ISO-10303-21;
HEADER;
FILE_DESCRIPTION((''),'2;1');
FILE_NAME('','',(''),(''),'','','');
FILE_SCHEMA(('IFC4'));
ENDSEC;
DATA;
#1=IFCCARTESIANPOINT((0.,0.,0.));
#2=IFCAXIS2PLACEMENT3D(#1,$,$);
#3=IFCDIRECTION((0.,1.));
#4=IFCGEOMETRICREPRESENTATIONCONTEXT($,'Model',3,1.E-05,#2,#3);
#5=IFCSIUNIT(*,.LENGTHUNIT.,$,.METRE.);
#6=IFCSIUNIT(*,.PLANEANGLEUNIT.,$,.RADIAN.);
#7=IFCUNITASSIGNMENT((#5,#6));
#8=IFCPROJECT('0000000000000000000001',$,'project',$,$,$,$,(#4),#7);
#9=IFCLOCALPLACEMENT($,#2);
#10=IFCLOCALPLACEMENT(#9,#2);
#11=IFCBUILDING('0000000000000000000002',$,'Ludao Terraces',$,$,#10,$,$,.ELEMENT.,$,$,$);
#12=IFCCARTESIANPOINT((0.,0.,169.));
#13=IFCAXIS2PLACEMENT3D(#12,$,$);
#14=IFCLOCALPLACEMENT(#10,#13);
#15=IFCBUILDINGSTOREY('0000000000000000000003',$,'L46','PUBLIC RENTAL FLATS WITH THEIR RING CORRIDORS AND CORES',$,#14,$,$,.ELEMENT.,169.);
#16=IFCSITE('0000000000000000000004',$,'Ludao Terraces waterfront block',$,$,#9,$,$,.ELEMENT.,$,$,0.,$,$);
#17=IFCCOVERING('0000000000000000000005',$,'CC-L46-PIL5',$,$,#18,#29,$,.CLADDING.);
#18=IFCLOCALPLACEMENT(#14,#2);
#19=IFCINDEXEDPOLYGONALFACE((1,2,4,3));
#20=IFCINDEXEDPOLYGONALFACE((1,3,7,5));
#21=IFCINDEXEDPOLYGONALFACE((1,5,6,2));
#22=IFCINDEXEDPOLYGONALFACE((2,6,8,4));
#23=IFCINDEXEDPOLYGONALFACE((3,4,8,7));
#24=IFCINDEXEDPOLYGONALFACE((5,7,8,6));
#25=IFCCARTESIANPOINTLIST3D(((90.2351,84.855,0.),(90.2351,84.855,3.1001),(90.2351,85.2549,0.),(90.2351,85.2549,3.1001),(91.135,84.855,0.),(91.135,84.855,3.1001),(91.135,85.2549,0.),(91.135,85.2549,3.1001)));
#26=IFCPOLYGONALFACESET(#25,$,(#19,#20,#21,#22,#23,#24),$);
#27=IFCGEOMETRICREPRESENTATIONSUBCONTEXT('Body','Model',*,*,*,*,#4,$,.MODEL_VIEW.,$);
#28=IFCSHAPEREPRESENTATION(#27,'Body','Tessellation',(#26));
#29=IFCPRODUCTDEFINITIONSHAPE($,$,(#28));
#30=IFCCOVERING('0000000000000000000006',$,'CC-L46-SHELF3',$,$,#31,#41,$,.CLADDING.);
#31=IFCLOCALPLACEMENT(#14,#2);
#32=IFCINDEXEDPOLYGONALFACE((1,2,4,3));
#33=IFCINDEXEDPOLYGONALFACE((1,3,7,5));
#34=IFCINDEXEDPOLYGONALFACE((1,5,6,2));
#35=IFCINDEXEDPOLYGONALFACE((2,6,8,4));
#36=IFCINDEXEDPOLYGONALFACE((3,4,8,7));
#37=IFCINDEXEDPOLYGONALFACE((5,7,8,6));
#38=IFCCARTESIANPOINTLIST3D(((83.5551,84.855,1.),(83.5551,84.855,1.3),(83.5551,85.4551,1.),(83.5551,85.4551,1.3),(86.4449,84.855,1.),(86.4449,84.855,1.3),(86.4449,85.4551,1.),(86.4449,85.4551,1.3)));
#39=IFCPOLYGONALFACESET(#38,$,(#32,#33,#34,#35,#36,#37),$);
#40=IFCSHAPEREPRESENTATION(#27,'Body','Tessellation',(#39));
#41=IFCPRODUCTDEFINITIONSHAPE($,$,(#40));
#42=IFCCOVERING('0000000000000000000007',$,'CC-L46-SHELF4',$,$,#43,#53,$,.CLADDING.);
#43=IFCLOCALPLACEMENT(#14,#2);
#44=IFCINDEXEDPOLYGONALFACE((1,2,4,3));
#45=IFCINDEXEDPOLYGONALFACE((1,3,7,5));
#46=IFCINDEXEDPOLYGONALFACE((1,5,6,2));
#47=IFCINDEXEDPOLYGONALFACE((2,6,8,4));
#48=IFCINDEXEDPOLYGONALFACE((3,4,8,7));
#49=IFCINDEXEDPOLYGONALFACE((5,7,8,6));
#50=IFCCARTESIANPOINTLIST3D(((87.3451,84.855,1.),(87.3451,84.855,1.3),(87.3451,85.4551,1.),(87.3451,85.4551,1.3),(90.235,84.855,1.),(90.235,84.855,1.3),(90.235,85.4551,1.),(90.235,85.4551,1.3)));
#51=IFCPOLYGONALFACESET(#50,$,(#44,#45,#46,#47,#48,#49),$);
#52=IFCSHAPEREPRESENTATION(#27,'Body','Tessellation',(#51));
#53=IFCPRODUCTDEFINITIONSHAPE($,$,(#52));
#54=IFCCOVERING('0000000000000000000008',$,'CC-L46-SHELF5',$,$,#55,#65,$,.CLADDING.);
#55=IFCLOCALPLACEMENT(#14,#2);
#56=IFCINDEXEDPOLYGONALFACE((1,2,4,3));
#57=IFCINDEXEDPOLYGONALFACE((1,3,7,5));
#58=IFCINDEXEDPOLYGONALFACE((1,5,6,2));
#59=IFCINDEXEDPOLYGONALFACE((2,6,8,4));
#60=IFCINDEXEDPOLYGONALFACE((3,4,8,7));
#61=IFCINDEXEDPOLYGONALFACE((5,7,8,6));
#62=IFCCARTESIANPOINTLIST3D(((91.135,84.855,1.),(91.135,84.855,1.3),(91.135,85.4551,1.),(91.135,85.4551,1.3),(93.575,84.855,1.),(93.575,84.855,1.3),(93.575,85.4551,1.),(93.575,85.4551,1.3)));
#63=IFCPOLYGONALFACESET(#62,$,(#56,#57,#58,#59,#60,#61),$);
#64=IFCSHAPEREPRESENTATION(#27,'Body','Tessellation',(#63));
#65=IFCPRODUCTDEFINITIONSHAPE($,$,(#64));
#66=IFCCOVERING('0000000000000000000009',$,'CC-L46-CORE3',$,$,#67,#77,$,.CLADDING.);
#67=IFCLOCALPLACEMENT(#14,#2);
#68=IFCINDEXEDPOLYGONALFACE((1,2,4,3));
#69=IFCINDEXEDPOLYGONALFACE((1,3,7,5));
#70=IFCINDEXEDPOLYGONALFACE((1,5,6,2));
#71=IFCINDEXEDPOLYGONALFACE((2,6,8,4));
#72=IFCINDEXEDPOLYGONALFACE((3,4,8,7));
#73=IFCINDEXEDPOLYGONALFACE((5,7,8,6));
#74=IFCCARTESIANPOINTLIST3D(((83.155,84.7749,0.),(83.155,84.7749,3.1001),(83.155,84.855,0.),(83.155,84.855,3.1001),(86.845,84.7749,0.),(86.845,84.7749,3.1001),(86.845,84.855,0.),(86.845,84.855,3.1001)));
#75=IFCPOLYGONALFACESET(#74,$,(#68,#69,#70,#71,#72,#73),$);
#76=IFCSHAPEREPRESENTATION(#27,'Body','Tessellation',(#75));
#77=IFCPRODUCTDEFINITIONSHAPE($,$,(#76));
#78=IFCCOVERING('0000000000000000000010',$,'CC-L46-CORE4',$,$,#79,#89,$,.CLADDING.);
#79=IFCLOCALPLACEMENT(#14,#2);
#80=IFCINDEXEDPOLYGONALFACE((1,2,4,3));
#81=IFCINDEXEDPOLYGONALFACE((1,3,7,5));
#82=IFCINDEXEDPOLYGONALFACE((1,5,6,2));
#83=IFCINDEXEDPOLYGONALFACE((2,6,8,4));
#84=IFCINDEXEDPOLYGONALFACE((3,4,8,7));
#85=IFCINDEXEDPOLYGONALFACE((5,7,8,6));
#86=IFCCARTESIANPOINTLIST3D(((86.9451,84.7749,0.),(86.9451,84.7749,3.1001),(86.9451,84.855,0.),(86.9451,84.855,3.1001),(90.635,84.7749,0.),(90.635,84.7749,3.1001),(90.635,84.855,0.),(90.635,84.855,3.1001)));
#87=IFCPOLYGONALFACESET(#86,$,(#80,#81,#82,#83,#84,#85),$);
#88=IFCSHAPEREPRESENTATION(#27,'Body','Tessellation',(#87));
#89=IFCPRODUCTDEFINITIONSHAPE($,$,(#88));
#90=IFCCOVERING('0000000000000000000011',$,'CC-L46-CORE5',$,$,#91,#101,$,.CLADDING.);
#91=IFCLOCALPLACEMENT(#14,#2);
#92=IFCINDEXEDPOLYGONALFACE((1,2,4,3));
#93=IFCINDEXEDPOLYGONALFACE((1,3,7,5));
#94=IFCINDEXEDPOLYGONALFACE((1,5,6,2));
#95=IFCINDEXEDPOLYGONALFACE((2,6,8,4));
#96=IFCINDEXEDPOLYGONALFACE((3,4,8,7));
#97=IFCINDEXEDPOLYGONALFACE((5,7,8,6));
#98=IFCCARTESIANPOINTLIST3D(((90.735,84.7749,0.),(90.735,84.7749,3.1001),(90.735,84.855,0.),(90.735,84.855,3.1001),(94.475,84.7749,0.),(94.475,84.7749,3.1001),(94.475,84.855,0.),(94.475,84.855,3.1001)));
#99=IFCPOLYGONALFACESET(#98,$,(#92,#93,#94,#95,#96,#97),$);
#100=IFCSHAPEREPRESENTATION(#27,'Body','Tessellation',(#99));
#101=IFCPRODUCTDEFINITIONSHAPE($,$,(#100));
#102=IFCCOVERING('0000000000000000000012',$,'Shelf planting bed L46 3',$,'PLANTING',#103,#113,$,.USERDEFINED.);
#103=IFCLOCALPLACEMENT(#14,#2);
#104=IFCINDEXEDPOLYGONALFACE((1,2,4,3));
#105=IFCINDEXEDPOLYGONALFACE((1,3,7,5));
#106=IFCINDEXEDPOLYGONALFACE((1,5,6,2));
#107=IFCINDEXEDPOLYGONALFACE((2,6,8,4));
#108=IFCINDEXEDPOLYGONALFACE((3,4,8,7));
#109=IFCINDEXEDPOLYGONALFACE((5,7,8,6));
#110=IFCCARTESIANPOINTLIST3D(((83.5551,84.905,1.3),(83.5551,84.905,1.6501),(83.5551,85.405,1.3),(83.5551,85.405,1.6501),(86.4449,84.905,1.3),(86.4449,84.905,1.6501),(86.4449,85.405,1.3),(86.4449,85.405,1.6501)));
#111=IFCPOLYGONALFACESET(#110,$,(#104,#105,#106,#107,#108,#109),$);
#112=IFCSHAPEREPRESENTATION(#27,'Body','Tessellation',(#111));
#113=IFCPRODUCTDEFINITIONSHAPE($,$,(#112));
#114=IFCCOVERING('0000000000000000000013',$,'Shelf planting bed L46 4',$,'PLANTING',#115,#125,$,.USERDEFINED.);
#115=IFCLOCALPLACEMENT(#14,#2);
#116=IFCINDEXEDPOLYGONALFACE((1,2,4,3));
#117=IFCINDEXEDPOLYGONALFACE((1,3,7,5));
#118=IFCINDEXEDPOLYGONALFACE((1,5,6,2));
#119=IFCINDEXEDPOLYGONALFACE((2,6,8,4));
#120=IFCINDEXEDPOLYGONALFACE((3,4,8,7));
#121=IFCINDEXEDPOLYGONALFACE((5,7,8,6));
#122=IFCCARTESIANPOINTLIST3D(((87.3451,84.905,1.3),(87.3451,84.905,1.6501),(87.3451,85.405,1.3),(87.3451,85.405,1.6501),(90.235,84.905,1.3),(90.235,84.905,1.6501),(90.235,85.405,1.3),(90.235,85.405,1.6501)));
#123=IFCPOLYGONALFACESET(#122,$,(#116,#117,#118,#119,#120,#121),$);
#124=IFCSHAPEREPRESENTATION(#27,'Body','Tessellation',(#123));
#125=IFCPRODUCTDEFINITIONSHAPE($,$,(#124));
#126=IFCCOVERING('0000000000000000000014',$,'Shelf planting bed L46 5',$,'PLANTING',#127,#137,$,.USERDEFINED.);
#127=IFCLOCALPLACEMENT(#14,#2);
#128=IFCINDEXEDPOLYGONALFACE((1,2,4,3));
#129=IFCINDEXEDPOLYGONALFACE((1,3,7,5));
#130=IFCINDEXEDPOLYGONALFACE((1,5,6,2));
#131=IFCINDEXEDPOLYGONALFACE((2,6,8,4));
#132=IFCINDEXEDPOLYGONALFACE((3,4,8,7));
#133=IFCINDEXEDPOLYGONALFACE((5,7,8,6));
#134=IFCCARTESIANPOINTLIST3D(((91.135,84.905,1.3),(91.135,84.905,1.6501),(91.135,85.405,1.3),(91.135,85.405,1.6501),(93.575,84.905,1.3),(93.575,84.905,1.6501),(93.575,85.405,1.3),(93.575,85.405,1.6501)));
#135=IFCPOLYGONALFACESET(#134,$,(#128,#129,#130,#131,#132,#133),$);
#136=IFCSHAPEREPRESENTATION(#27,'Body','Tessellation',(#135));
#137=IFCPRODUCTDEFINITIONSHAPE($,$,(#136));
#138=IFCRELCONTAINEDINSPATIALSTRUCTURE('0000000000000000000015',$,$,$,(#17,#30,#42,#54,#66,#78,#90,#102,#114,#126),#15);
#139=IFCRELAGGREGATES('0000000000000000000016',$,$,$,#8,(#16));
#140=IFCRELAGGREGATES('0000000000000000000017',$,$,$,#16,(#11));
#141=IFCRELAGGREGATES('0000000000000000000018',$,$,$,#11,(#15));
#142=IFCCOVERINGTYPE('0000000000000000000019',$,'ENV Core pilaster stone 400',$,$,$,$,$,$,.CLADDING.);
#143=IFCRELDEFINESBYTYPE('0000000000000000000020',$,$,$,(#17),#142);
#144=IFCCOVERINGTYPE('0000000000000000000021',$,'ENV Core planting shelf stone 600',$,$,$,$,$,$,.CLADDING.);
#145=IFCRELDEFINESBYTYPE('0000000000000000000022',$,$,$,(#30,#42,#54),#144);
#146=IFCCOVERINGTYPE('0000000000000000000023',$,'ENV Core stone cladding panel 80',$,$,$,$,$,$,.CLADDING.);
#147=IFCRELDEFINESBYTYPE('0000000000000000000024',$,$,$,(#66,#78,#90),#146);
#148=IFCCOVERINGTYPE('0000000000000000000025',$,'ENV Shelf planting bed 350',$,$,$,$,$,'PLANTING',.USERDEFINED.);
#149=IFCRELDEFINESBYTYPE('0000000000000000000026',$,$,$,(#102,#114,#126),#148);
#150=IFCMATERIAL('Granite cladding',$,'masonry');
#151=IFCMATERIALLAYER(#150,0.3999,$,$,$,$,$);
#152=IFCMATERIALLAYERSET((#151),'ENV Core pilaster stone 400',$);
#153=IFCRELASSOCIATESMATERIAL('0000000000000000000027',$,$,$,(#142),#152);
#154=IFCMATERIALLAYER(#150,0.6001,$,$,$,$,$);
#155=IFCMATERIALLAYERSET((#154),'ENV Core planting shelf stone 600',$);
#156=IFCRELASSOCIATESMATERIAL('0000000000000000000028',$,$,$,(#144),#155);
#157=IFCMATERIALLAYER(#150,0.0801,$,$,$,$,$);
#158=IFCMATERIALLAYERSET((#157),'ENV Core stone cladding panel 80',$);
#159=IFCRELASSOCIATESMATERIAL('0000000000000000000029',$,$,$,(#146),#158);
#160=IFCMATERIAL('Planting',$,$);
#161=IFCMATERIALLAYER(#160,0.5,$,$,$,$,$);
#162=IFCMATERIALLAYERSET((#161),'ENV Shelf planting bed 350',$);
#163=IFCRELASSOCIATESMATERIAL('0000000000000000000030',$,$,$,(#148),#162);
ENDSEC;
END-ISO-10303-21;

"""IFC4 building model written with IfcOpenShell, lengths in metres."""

from ifc_helpers import new_model, si_unit, direction, frame, origin, origin_2d, place, context, subcontext, project, spatial, rectangle, extrude, material, layer, layer_set, type_object, element, save


model = new_model("IFC4")

# Units and contexts
model_context = context("Model", 3, precision=1e-05, world=origin(), true_north=direction((0.0, 1.0)))
body_context = subcontext(model_context, "Body", "Model", "MODEL_VIEW")
ifc_project = project(units=[si_unit("LENGTHUNIT", "METRE"), si_unit("PLANEANGLEUNIT", "RADIAN")], contexts=[model_context])

# Site, building, storey
site_placement = place(None, origin())
site = spatial("IfcSite", under=ifc_project, at=site_placement, Name="Ludao Terraces waterfront block", CompositionType="ELEMENT", RefElevation=0.0)
building_placement = place(site_placement, origin())
building = spatial("IfcBuilding", under=site, at=building_placement, Name="Ludao Terraces", CompositionType="ELEMENT")
storey_placement = place(building_placement, frame((0.0, 0.0, 169.0)))
storey = spatial("IfcBuildingStorey", under=building, at=storey_placement, Name="L46", Description="PUBLIC RENTAL FLATS WITH THEIR RING CORRIDORS AND CORES", CompositionType="ELEMENT", Elevation=169.0)

# Coverings
ifc_material_1 = material(Name="Granite cladding", Category="masonry")
ifc_layer_1 = layer(ifc_material_1, 0.3999)
ifc_layer_set_1 = layer_set([ifc_layer_1], Name="ENV Core pilaster stone 400")
covering_type_1 = type_object("IfcCoveringType", Name="ENV Core pilaster stone 400", PredefinedType="CLADDING", material=ifc_layer_set_1)
for number, where, z_axis, x_axis, name in (
    (1, (90.6851, 85.0549, 0.0), (0.0, 0.0, 1.0), (1.0, 0.0, 0.0), "CC-L46-PIL5"),
):
    element("IfcCovering", number, at=place(storey_placement, frame(where, z_axis=z_axis, x_axis=x_axis)), inside=storey, type_object=covering_type_1, Name=name, PredefinedType="CLADDING", context=body_context, shape_type="SweptSolid", body=[
        extrude(rectangle(XDim=0.8999, YDim=0.3999, at=origin_2d()), origin(), (0.0, 0.0, 1.0), 3.1001),
    ])
ifc_layer_2 = layer(ifc_material_1, 0.6001)
ifc_layer_set_2 = layer_set([ifc_layer_2], Name="ENV Core planting shelf stone 600")
covering_type_2 = type_object("IfcCoveringType", Name="ENV Core planting shelf stone 600", PredefinedType="CLADDING", material=ifc_layer_set_2)
for number, where, z_axis, x_axis, name in (
    (2, (85.0, 85.155, 1.0), (0.0, 0.0, 1.0), (1.0, 0.0, 0.0), "CC-L46-SHELF3"),
    (3, (88.79, 85.155, 1.0), (0.0, 0.0, 1.0), (1.0, 0.0, 0.0), "CC-L46-SHELF4"),
):
    element("IfcCovering", number, at=place(storey_placement, frame(where, z_axis=z_axis, x_axis=x_axis)), inside=storey, type_object=covering_type_2, Name=name, PredefinedType="CLADDING", context=body_context, shape_type="SweptSolid", body=[
        extrude(rectangle(XDim=2.8899, YDim=0.6001, at=origin_2d()), origin(), (0.0, 0.0, 1.0), 0.3),
    ])
covering_1_placement = place(storey_placement, frame((92.355, 85.155, 1.0), z_axis=(0.0, 0.0, 1.0), x_axis=(1.0, 0.0, 0.0)))
element("IfcCovering", 4, at=covering_1_placement, inside=storey, type_object=covering_type_2, Name="CC-L46-SHELF5", PredefinedType="CLADDING", context=body_context, shape_type="SweptSolid", body=[
    extrude(rectangle(XDim=2.4399, YDim=0.6001, at=origin_2d()), origin(), (0.0, 0.0, 1.0), 0.3),
])
ifc_layer_3 = layer(ifc_material_1, 0.0801)
ifc_layer_set_3 = layer_set([ifc_layer_3], Name="ENV Core stone cladding panel 80")
covering_type_3 = type_object("IfcCoveringType", Name="ENV Core stone cladding panel 80", PredefinedType="CLADDING", material=ifc_layer_set_3)
for number, where, z_axis, x_axis, name in (
    (5, (85.0, 84.8149, 0.0), (0.0, 0.0, 1.0), (1.0, 0.0, 0.0), "CC-L46-CORE3"),
    (6, (88.79, 84.8149, 0.0), (0.0, 0.0, 1.0), (1.0, 0.0, 0.0), "CC-L46-CORE4"),
):
    element("IfcCovering", number, at=place(storey_placement, frame(where, z_axis=z_axis, x_axis=x_axis)), inside=storey, type_object=covering_type_3, Name=name, PredefinedType="CLADDING", context=body_context, shape_type="SweptSolid", body=[
        extrude(rectangle(XDim=3.6899, YDim=0.0801, at=origin_2d()), origin(), (0.0, 0.0, 1.0), 3.1001),
    ])
covering_2_placement = place(storey_placement, frame((92.605, 84.8149, 0.0), z_axis=(0.0, 0.0, 1.0), x_axis=(1.0, 0.0, 0.0)))
element("IfcCovering", 7, at=covering_2_placement, inside=storey, type_object=covering_type_3, Name="CC-L46-CORE5", PredefinedType="CLADDING", context=body_context, shape_type="SweptSolid", body=[
    extrude(rectangle(XDim=3.74, YDim=0.0801, at=origin_2d()), origin(), (0.0, 0.0, 1.0), 3.1001),
])
ifc_material_2 = material(Name="Planting")
ifc_layer_4 = layer(ifc_material_2, 0.5)
ifc_layer_set_4 = layer_set([ifc_layer_4], Name="ENV Shelf planting bed 350")
covering_type_4 = type_object("IfcCoveringType", Name="ENV Shelf planting bed 350", ElementType="PLANTING", PredefinedType="USERDEFINED", material=ifc_layer_set_4)
for number, where, z_axis, x_axis, name in (
    (8, (85.0, 85.155, 1.3), (0.0, 0.0, 1.0), (1.0, 0.0, 0.0), "Shelf planting bed L46 3"),
    (9, (88.79, 85.155, 1.3), (0.0, 0.0, 1.0), (1.0, 0.0, 0.0), "Shelf planting bed L46 4"),
):
    element("IfcCovering", number, at=place(storey_placement, frame(where, z_axis=z_axis, x_axis=x_axis)), inside=storey, type_object=covering_type_4, Name=name, ObjectType="PLANTING", PredefinedType="USERDEFINED", context=body_context, shape_type="SweptSolid", body=[
        extrude(rectangle(XDim=2.8899, YDim=0.5, at=origin_2d()), origin(), (0.0, 0.0, 1.0), 0.3501),
    ])
covering_3_placement = place(storey_placement, frame((92.355, 85.155, 1.3), z_axis=(0.0, 0.0, 1.0), x_axis=(1.0, 0.0, 0.0)))
element("IfcCovering", 10, at=covering_3_placement, inside=storey, type_object=covering_type_4, Name="Shelf planting bed L46 5", ObjectType="PLANTING", PredefinedType="USERDEFINED", context=body_context, shape_type="SweptSolid", body=[
    extrude(rectangle(XDim=2.4399, YDim=0.5, at=origin_2d()), origin(), (0.0, 0.0, 1.0), 0.3501),
])

save(model, "model.ifc")
